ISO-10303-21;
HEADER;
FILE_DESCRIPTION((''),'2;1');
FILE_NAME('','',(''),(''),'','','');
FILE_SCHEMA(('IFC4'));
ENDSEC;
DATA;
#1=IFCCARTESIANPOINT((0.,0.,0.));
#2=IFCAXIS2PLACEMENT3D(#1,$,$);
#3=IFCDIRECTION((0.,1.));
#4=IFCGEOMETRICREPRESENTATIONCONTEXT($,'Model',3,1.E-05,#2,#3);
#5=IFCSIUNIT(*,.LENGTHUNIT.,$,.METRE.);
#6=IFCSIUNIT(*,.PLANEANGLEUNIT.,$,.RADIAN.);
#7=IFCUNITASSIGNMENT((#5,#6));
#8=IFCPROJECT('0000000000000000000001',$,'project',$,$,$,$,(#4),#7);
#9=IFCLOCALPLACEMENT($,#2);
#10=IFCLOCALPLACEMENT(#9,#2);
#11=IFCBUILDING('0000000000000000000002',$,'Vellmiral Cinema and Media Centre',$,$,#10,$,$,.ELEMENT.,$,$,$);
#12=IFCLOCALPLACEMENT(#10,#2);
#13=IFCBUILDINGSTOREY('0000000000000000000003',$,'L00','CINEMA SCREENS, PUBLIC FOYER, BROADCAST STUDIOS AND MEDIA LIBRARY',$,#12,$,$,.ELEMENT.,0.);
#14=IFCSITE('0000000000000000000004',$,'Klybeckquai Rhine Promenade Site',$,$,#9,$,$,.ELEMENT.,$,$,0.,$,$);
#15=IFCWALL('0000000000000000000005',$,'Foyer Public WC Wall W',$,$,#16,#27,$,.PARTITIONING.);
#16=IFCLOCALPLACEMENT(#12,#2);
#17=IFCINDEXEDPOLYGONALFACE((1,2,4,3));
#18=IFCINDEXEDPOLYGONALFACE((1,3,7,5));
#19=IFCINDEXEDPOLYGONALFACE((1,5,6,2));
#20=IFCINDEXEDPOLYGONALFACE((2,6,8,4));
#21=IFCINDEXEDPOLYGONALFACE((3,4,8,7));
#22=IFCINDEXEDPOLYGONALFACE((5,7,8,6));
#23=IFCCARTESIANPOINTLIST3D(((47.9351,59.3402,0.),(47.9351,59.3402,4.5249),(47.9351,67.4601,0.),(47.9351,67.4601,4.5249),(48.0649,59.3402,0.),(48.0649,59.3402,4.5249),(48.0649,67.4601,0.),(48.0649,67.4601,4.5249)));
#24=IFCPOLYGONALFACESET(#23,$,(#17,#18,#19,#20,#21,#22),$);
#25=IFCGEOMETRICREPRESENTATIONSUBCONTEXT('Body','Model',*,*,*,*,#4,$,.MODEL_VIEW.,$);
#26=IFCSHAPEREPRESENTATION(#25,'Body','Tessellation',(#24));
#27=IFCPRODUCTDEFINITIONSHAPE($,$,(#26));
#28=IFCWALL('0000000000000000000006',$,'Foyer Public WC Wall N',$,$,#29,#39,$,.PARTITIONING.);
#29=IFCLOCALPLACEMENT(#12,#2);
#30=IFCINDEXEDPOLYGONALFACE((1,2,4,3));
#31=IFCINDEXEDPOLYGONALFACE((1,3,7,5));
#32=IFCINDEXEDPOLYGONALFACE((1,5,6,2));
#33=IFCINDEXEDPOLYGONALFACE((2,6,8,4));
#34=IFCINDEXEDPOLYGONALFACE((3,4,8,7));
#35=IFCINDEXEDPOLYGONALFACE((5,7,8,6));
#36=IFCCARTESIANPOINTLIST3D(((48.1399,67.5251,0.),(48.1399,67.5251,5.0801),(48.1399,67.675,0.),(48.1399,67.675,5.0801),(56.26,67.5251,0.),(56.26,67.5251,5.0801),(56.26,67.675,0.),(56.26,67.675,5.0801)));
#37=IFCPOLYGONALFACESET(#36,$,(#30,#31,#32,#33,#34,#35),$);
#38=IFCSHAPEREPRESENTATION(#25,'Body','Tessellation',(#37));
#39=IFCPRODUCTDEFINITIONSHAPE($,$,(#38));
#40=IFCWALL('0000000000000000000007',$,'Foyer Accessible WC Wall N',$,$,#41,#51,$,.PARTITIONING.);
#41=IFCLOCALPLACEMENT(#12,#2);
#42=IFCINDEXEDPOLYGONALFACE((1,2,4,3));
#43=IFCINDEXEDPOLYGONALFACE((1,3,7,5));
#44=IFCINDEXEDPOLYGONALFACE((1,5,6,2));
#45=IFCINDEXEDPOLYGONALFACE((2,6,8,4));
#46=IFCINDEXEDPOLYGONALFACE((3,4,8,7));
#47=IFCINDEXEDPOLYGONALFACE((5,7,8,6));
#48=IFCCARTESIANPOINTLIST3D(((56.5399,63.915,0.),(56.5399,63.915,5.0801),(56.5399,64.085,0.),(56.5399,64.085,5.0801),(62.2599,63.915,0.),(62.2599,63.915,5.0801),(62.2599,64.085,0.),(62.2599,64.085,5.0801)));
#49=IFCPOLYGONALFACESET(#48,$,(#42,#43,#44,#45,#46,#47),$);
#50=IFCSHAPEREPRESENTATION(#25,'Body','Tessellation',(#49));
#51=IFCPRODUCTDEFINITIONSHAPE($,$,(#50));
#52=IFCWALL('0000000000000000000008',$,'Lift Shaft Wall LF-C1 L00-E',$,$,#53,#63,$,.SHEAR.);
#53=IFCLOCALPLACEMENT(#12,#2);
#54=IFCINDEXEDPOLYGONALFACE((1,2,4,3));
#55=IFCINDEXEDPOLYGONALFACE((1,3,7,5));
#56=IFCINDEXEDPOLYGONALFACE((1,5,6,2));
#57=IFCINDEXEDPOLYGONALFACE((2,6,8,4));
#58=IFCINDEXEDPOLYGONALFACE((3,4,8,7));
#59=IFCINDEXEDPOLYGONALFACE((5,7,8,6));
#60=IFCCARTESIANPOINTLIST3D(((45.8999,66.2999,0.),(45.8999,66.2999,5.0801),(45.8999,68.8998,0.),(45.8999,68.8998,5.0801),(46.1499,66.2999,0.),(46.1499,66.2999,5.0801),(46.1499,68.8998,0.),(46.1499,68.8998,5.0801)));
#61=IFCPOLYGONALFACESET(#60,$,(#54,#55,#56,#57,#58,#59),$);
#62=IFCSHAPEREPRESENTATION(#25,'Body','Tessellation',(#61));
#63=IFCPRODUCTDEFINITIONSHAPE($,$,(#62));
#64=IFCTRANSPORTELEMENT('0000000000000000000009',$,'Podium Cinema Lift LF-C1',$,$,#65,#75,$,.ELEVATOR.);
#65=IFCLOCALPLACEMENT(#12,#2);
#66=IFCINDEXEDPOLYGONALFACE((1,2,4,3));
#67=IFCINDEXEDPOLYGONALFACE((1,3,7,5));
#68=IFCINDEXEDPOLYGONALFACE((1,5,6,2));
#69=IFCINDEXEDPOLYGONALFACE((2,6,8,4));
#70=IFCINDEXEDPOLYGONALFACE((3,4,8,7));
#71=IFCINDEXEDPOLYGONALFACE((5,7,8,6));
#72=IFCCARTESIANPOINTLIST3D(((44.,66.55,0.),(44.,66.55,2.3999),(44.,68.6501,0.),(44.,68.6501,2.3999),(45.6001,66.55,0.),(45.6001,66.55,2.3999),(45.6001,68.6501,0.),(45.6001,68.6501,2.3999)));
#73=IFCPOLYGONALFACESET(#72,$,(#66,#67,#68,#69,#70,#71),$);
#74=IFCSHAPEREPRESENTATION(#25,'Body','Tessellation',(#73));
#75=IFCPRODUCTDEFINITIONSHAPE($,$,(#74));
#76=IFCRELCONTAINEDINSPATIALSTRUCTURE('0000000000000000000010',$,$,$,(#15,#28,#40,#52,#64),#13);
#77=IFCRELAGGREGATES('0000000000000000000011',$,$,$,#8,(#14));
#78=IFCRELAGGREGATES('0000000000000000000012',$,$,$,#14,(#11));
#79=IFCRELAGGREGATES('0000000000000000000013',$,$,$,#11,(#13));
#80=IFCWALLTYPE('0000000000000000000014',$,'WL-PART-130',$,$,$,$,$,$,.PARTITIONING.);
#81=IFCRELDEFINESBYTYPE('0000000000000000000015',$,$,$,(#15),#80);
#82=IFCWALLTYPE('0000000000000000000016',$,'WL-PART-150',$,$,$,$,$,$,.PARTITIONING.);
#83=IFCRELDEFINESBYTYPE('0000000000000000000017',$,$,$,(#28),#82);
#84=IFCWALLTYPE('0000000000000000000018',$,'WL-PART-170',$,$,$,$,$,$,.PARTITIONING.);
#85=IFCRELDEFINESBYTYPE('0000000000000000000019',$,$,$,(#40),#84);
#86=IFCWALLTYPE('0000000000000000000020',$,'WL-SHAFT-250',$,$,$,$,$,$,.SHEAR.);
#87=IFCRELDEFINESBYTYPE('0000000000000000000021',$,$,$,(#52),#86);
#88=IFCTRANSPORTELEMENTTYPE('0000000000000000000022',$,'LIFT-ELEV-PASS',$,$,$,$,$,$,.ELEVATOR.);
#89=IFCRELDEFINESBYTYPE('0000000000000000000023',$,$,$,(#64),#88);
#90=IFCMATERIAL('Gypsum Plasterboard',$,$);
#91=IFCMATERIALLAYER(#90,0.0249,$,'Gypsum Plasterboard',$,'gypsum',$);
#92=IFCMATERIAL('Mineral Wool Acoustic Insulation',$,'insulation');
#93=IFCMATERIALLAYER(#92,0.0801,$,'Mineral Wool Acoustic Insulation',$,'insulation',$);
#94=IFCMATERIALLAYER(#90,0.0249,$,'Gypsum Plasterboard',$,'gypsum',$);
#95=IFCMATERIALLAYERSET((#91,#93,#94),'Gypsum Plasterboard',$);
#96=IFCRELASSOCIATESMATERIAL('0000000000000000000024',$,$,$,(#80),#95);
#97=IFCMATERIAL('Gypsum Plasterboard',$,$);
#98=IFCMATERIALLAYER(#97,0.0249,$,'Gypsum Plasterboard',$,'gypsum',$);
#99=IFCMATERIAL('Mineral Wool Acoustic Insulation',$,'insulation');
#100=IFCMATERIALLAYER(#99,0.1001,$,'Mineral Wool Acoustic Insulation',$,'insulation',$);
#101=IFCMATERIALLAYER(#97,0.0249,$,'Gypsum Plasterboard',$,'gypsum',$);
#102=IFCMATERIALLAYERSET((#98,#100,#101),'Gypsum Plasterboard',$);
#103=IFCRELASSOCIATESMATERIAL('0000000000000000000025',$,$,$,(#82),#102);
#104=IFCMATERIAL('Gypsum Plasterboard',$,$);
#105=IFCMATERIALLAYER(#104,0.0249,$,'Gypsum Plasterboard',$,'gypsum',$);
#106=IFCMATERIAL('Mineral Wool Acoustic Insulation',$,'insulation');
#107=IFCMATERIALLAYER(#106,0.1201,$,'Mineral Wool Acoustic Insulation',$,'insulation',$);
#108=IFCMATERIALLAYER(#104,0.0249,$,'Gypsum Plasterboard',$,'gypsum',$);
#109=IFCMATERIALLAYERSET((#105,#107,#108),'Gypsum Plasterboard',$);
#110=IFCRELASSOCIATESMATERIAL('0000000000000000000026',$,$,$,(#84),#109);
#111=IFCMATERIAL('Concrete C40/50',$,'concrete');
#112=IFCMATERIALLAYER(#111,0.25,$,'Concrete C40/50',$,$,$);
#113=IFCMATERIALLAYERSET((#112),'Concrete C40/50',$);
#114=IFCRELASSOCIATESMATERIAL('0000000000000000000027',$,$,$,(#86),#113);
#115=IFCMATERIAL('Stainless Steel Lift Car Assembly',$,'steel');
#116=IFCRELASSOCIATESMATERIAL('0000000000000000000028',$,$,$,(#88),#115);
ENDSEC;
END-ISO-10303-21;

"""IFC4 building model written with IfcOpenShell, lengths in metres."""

from ifc_helpers import new_model, si_unit, direction, frame, frame_2d, origin, origin_2d, place, context, subcontext, project, spatial, rectangle, extrude, material, layer, layer_set, type_object, element, save


model = new_model("IFC4")

# Units and contexts
model_context = context("Model", 3, precision=1e-05, world=origin(), true_north=direction((0.0, 1.0)))
body_context = subcontext(model_context, "Body", "Model", "MODEL_VIEW")
ifc_project = project(units=[si_unit("LENGTHUNIT", "METRE"), si_unit("PLANEANGLEUNIT", "RADIAN")], contexts=[model_context])

# Site, building, storey
site_placement = place(None, origin())
site = spatial("IfcSite", under=ifc_project, at=site_placement, Name="Klybeckquai Rhine Promenade Site", CompositionType="ELEMENT", RefElevation=0.0)
building_placement = place(site_placement, origin())
building = spatial("IfcBuilding", under=site, at=building_placement, Name="Vellmiral Cinema and Media Centre", CompositionType="ELEMENT")
storey_placement = place(building_placement, origin())
storey = spatial("IfcBuildingStorey", under=building, at=storey_placement, Name="L00", Description="CINEMA SCREENS, PUBLIC FOYER, BROADCAST STUDIOS AND MEDIA LIBRARY", CompositionType="ELEMENT", Elevation=0.0)

# Walls
ifc_material_1 = material(Name="Gypsum Plasterboard")
ifc_layer_1 = layer(ifc_material_1, 0.0249, Name="Gypsum Plasterboard", Category="gypsum")
ifc_material_2 = material(Name="Mineral Wool Acoustic Insulation", Category="insulation")
ifc_layer_2 = layer(ifc_material_2, 0.0801, Name="Mineral Wool Acoustic Insulation", Category="insulation")
ifc_layer_3 = layer(ifc_material_1, 0.0249, Name="Gypsum Plasterboard", Category="gypsum")
ifc_layer_set_1 = layer_set([ifc_layer_1, ifc_layer_2, ifc_layer_3], Name="Gypsum Plasterboard")
wall_type_1 = type_object("IfcWallType", Name="WL-PART-130", PredefinedType="PARTITIONING", material=ifc_layer_set_1)
wall_1_placement = place(storey_placement, frame((48.0, 59.3401, 0.0), z_axis=(0.0, 0.0, 1.0), x_axis=(0.0, 1.0, 0.0)))
element("IfcWall", 1, at=wall_1_placement, inside=storey, type_object=wall_type_1, Name="Foyer Public WC Wall W", PredefinedType="PARTITIONING", context=body_context, shape_type="SweptSolid", body=[
    extrude(rectangle(XDim=8.1199, YDim=0.1299, at=frame_2d((4.0601, 0.0))), origin(), (0.0, 0.0, 1.0), 4.5249),
])
ifc_material_3 = material(Name="Gypsum Plasterboard")
ifc_layer_4 = layer(ifc_material_3, 0.0249, Name="Gypsum Plasterboard", Category="gypsum")
ifc_material_4 = material(Name="Mineral Wool Acoustic Insulation", Category="insulation")
ifc_layer_5 = layer(ifc_material_4, 0.1001, Name="Mineral Wool Acoustic Insulation", Category="insulation")
ifc_layer_6 = layer(ifc_material_3, 0.0249, Name="Gypsum Plasterboard", Category="gypsum")
ifc_layer_set_2 = layer_set([ifc_layer_4, ifc_layer_5, ifc_layer_6], Name="Gypsum Plasterboard")
wall_type_2 = type_object("IfcWallType", Name="WL-PART-150", PredefinedType="PARTITIONING", material=ifc_layer_set_2)
wall_2_placement = place(storey_placement, frame((48.1399, 67.6001, 0.0), z_axis=(0.0, 0.0, 1.0), x_axis=(1.0, 0.0, 0.0)))
element("IfcWall", 2, at=wall_2_placement, inside=storey, type_object=wall_type_2, Name="Foyer Public WC Wall N", PredefinedType="PARTITIONING", context=body_context, shape_type="SweptSolid", body=[
    extrude(rectangle(XDim=8.1201, YDim=0.1499, at=frame_2d((4.0601, 0.0))), origin(), (0.0, 0.0, 1.0), 5.0801),
])
ifc_material_5 = material(Name="Gypsum Plasterboard")
ifc_layer_7 = layer(ifc_material_5, 0.0249, Name="Gypsum Plasterboard", Category="gypsum")
ifc_material_6 = material(Name="Mineral Wool Acoustic Insulation", Category="insulation")
ifc_layer_8 = layer(ifc_material_6, 0.1201, Name="Mineral Wool Acoustic Insulation", Category="insulation")
ifc_layer_9 = layer(ifc_material_5, 0.0249, Name="Gypsum Plasterboard", Category="gypsum")
ifc_layer_set_3 = layer_set([ifc_layer_7, ifc_layer_8, ifc_layer_9], Name="Gypsum Plasterboard")
wall_type_3 = type_object("IfcWallType", Name="WL-PART-170", PredefinedType="PARTITIONING", material=ifc_layer_set_3)
wall_3_placement = place(storey_placement, frame((56.54, 64.0, 0.0), z_axis=(0.0, 0.0, 1.0), x_axis=(1.0, 0.0, 0.0)))
element("IfcWall", 3, at=wall_3_placement, inside=storey, type_object=wall_type_3, Name="Foyer Accessible WC Wall N", PredefinedType="PARTITIONING", context=body_context, shape_type="SweptSolid", body=[
    extrude(rectangle(XDim=5.72, YDim=0.1699, at=frame_2d((2.8599, 0.0))), origin(), (0.0, 0.0, 1.0), 5.0801),
])
ifc_material_7 = material(Name="Concrete C40/50", Category="concrete")
ifc_layer_10 = layer(ifc_material_7, 0.25, Name="Concrete C40/50")
ifc_layer_set_4 = layer_set([ifc_layer_10], Name="Concrete C40/50")
wall_type_4 = type_object("IfcWallType", Name="WL-SHAFT-250", PredefinedType="SHEAR", material=ifc_layer_set_4)
wall_4_placement = place(storey_placement, frame((46.0249, 66.3, 0.0), z_axis=(0.0, 0.0, 1.0), x_axis=(0.0, 1.0, 0.0)))
element("IfcWall", 4, at=wall_4_placement, inside=storey, type_object=wall_type_4, Name="Lift Shaft Wall LF-C1 L00-E", PredefinedType="SHEAR", context=body_context, shape_type="SweptSolid", body=[
    extrude(rectangle(XDim=2.5999, YDim=0.25, at=frame_2d((1.2998, 0.0))), origin(), (0.0, 0.0, 1.0), 5.0801),
])

# Transport element
ifc_material_8 = material(Name="Stainless Steel Lift Car Assembly", Category="steel")
transport_element_type = type_object("IfcTransportElementType", Name="LIFT-ELEV-PASS", PredefinedType="ELEVATOR", material=ifc_material_8)
transport_element_placement = place(storey_placement, frame((44.8, 67.6001, 0.0), z_axis=(0.0, 0.0, 1.0), x_axis=(1.0, 0.0, 0.0)))
element("IfcTransportElement", 5, at=transport_element_placement, inside=storey, type_object=transport_element_type, Name="Podium Cinema Lift LF-C1", PredefinedType="ELEVATOR", context=body_context, shape_type="SweptSolid", body=[
    extrude(rectangle(XDim=1.6001, YDim=2.1001, at=origin_2d()), origin(), (0.0, 0.0, 1.0), 2.3999),
])

save(model, "model.ifc")
